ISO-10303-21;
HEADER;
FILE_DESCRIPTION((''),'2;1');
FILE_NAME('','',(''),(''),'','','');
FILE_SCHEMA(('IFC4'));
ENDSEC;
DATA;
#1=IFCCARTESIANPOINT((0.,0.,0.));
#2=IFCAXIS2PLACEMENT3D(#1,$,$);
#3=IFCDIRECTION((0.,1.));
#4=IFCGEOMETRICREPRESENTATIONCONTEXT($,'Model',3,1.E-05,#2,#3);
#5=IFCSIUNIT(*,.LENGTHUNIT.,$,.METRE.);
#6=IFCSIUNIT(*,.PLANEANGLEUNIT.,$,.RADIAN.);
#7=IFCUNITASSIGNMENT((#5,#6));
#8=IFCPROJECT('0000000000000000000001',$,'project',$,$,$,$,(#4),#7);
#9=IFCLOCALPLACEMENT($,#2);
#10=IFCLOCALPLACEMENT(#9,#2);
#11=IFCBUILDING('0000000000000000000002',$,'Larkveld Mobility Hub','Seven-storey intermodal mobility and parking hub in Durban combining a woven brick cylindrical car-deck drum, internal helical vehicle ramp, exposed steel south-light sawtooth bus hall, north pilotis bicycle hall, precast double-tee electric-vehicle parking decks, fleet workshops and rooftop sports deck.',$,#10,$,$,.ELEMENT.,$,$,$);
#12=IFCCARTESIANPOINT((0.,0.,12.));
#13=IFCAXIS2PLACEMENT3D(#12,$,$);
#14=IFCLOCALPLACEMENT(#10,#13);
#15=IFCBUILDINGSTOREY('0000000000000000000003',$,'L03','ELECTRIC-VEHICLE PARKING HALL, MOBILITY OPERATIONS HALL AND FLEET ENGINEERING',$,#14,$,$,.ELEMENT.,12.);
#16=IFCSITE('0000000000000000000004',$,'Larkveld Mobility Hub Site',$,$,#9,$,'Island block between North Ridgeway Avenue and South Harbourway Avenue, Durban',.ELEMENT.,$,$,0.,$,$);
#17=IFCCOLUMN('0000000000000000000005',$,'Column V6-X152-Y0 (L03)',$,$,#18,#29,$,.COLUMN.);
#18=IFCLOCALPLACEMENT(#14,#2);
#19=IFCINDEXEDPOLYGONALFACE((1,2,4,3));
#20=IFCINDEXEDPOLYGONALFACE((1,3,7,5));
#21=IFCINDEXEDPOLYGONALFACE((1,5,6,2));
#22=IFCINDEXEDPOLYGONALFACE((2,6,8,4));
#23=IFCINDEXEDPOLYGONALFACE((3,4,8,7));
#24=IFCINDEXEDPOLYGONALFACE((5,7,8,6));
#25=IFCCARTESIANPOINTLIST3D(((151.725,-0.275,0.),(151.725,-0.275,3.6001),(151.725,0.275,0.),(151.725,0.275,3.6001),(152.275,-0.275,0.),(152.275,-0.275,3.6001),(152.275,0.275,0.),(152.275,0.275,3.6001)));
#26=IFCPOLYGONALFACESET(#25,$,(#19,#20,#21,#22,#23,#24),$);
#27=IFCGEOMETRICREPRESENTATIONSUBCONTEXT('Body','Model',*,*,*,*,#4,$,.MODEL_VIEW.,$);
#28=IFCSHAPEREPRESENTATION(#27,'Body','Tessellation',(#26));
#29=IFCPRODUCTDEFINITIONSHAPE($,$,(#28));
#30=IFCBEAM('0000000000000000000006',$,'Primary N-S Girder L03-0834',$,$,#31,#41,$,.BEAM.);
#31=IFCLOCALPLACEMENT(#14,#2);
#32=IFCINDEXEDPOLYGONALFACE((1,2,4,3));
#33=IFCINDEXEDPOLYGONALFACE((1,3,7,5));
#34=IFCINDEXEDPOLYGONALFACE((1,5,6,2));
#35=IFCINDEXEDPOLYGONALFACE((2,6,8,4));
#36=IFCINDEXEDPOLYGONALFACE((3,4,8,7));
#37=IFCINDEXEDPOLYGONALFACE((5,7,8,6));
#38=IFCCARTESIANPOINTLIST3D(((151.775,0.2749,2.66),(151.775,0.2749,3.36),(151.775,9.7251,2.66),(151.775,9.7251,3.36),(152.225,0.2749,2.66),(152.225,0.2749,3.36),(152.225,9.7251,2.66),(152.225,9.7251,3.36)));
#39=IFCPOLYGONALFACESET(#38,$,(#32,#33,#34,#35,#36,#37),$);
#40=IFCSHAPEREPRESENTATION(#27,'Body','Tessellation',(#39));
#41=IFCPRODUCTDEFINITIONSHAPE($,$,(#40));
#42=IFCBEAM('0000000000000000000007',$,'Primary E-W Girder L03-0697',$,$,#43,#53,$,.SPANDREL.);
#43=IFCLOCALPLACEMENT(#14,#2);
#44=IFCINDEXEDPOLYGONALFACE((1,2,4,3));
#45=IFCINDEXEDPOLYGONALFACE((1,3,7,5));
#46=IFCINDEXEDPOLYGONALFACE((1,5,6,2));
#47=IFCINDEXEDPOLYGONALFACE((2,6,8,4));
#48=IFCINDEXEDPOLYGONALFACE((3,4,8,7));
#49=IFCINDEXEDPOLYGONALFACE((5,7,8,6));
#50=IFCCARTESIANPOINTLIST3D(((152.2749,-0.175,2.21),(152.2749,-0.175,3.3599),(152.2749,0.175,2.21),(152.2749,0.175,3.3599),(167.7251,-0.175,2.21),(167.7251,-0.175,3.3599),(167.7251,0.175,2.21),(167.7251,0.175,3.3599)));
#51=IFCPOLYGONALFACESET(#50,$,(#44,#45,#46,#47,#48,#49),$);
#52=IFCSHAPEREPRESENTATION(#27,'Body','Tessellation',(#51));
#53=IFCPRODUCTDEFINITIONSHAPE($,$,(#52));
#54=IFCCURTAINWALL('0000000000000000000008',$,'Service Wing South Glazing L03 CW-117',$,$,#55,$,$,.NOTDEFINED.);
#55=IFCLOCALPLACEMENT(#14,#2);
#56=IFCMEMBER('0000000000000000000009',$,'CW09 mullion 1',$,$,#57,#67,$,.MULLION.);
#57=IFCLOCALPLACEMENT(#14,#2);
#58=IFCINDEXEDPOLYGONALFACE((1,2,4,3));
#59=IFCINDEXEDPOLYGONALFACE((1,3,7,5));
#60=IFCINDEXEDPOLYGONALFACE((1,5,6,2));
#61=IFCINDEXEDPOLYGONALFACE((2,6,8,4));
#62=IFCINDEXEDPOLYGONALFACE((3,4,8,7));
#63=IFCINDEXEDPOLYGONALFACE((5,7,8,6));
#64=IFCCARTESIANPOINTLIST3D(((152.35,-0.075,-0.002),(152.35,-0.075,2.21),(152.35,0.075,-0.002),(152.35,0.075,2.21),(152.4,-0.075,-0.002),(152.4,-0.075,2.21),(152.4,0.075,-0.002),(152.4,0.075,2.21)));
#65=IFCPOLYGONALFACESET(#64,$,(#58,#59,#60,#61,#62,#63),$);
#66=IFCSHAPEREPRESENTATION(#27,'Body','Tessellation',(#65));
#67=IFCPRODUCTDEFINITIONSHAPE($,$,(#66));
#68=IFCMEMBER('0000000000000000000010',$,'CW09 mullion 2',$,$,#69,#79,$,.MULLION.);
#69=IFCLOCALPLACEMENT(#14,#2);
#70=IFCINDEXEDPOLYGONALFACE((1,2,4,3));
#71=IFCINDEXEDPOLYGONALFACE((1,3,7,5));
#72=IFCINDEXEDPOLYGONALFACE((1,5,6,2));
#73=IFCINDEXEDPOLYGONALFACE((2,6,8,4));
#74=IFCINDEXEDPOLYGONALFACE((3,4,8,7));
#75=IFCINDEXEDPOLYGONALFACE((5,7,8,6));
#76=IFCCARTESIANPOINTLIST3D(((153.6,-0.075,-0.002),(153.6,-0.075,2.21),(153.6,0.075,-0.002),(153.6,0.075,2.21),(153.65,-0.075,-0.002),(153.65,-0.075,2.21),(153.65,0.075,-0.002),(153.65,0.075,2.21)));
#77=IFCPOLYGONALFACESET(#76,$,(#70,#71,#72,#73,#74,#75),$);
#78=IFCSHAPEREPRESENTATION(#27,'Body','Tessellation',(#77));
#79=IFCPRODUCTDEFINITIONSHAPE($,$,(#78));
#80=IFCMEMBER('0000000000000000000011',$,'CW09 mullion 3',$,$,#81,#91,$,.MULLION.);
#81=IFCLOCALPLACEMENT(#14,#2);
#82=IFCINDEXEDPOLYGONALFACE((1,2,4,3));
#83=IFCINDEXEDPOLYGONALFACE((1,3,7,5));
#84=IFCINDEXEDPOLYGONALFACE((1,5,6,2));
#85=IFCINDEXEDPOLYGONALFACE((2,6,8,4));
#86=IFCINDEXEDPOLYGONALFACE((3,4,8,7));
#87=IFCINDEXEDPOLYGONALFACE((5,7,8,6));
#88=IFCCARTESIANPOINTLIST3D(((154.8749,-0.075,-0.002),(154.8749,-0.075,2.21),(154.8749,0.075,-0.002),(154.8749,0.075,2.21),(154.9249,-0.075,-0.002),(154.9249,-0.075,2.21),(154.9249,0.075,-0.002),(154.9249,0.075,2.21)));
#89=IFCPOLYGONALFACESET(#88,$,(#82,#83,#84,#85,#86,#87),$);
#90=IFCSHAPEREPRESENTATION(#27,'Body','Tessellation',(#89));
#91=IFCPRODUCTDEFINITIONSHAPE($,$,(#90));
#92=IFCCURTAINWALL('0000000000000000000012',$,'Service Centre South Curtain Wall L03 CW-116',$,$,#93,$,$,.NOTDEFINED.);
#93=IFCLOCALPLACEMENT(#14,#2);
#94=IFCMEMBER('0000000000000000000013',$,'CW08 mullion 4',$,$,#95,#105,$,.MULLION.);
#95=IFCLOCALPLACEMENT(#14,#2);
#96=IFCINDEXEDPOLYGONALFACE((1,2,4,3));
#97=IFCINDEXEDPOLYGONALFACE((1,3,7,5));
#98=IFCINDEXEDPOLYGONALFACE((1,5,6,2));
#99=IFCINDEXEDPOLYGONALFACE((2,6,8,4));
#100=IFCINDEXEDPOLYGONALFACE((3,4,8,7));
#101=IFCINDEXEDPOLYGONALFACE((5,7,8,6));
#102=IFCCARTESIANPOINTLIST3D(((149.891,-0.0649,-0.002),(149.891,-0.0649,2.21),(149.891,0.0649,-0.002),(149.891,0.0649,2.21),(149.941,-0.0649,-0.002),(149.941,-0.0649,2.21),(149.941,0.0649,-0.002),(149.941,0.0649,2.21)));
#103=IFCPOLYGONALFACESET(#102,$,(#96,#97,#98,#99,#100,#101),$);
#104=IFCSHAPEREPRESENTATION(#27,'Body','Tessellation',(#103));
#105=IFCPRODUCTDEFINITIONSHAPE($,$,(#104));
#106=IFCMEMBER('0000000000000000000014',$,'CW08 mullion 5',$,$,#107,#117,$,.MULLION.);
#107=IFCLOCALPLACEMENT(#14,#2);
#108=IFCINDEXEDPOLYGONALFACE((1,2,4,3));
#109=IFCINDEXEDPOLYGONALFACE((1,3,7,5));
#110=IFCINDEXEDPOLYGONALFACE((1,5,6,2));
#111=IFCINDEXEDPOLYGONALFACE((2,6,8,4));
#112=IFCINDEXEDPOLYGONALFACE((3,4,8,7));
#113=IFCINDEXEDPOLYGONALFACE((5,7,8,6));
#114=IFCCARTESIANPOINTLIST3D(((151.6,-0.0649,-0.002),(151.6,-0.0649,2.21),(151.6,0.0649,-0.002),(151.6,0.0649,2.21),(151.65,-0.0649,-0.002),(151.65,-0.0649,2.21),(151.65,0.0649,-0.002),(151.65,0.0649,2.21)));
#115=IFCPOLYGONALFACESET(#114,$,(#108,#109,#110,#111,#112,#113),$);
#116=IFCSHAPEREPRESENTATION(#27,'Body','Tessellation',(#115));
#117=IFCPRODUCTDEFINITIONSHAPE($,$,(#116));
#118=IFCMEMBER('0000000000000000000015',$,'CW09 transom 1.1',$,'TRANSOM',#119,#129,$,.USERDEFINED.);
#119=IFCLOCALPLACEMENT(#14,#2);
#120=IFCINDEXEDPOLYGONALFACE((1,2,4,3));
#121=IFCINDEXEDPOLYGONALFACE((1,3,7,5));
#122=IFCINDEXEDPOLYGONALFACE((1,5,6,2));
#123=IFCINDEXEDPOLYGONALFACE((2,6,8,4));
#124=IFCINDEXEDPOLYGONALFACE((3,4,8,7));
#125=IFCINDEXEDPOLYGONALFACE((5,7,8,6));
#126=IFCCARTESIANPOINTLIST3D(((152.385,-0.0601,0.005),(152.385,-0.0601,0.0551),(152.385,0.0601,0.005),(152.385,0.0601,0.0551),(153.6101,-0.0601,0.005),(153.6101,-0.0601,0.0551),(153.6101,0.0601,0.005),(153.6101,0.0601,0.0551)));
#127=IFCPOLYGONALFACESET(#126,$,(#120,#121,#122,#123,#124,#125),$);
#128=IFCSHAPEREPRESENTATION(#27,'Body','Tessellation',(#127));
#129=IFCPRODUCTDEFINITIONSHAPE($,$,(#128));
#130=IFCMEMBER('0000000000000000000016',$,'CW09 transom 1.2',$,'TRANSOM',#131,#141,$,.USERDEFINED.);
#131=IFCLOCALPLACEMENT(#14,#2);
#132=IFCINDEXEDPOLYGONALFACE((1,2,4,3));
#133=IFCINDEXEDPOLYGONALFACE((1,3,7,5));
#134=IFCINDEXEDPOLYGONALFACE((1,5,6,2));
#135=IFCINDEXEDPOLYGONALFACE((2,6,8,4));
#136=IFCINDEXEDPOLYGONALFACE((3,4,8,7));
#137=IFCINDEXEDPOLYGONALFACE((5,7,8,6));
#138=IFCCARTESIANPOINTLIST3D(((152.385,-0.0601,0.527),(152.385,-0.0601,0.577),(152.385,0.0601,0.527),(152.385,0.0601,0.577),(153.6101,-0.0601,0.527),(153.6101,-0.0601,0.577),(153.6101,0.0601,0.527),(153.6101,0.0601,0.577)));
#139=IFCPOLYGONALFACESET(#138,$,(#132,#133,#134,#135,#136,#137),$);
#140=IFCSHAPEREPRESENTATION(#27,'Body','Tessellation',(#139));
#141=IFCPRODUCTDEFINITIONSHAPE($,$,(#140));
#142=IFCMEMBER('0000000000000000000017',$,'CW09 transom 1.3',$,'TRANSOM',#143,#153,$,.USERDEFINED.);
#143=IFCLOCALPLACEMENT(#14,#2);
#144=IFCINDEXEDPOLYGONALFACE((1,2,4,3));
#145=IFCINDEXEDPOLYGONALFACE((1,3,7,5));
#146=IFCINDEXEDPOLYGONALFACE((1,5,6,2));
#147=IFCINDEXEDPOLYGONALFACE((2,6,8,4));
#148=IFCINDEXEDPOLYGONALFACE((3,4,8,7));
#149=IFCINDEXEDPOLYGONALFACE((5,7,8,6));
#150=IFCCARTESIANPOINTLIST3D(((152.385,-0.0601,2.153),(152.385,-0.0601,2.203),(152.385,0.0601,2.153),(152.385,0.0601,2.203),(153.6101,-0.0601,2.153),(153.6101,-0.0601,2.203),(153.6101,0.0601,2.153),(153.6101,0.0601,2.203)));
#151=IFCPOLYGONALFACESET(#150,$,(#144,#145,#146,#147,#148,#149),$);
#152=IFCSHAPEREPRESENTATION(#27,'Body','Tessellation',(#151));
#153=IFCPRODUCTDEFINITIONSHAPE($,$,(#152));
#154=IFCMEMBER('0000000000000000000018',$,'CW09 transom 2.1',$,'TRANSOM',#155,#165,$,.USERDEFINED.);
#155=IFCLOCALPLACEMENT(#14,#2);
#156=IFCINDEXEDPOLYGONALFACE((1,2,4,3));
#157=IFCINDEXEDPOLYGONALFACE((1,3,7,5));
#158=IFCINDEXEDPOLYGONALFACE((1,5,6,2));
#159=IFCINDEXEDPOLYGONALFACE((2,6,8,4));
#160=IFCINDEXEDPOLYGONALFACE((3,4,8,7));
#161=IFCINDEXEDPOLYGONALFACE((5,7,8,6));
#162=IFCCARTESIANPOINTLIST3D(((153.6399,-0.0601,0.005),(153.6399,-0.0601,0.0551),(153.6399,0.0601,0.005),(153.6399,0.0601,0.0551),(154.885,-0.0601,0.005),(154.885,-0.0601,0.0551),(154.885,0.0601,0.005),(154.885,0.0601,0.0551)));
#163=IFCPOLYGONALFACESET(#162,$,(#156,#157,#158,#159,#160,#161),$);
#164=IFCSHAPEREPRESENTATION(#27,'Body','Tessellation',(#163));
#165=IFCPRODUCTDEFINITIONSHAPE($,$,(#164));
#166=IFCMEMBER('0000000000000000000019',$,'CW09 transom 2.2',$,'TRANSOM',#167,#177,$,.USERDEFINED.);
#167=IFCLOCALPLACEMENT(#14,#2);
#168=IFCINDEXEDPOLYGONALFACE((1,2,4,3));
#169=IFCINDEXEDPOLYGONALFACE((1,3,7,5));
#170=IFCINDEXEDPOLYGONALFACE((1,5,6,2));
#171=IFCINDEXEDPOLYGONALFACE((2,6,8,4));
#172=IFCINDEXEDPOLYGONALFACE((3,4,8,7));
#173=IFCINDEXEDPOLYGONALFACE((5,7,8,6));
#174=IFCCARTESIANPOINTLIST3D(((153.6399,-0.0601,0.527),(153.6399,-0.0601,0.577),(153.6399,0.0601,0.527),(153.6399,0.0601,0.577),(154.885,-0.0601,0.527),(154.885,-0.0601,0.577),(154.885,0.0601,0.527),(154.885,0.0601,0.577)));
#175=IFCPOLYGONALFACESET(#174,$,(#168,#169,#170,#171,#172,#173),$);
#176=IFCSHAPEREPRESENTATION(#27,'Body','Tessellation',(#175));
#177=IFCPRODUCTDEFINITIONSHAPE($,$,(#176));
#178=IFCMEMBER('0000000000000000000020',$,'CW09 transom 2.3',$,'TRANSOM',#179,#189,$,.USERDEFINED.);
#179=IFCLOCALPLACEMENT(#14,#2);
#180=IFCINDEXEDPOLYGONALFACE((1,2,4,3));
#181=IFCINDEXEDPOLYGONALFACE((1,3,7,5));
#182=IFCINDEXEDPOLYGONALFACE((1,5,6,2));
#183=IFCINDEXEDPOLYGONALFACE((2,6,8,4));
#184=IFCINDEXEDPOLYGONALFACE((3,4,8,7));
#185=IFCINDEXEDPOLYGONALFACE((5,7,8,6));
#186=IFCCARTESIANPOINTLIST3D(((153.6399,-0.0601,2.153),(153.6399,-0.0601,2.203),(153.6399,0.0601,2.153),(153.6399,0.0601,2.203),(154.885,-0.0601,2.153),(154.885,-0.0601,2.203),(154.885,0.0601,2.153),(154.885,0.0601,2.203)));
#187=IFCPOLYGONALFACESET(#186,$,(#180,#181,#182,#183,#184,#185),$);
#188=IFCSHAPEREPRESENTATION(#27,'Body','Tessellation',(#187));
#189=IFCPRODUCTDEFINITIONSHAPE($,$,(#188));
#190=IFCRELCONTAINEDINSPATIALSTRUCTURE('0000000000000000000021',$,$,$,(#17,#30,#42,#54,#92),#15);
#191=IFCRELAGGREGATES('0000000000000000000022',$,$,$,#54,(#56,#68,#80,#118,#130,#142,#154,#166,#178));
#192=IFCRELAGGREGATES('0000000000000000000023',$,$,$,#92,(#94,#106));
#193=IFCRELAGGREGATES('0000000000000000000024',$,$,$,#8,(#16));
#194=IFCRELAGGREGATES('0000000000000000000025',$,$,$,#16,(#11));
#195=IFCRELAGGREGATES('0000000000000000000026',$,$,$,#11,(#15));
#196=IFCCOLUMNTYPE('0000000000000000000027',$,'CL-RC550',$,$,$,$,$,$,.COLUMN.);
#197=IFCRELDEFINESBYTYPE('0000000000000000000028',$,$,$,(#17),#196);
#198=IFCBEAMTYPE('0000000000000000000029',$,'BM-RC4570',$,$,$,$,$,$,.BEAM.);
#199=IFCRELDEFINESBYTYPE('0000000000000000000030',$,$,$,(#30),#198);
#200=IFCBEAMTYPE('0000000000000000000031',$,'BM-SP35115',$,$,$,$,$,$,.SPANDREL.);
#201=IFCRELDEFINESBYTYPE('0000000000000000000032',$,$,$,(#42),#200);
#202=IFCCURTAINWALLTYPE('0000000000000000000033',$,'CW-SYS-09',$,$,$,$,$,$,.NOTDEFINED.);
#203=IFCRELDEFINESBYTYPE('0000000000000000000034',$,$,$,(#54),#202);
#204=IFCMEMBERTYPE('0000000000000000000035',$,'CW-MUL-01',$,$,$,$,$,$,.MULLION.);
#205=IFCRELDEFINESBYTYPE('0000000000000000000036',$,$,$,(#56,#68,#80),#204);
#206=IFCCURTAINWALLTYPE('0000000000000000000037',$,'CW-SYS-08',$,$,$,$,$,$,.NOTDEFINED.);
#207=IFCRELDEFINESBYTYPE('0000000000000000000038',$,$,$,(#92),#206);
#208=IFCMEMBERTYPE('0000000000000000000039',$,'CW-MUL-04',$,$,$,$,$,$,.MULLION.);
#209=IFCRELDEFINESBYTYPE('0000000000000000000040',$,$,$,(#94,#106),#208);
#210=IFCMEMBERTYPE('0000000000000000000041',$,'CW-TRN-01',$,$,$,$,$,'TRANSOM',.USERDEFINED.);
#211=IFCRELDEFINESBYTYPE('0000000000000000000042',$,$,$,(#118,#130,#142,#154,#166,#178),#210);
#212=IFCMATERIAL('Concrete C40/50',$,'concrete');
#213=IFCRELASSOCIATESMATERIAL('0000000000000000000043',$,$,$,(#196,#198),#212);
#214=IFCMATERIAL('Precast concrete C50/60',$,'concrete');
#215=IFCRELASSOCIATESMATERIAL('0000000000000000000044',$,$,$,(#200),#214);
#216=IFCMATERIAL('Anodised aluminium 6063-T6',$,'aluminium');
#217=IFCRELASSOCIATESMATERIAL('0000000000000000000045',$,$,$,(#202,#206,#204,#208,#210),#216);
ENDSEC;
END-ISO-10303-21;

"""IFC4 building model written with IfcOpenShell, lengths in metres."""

from ifc_helpers import new_model, si_unit, direction, frame, origin, origin_2d, place, context, subcontext, project, spatial, rectangle, extrude, material, material_profile, profile_set, type_object, element, aggregate, save


model = new_model("IFC4")

# Units and contexts
model_context = context("Model", 3, precision=1e-05, world=origin(), true_north=direction((0.0, 1.0)))
body_context = subcontext(model_context, "Body", "Model", "MODEL_VIEW")
ifc_project = project(units=[si_unit("LENGTHUNIT", "METRE"), si_unit("PLANEANGLEUNIT", "RADIAN")], contexts=[model_context])

# Site, building, storey
site_placement = place(None, origin())
site = spatial("IfcSite", under=ifc_project, at=site_placement, Name="Larkveld Mobility Hub Site", LongName="Island block between North Ridgeway Avenue and South Harbourway Avenue, Durban", CompositionType="ELEMENT", RefElevation=0.0)
building_placement = place(site_placement, origin())
building = spatial("IfcBuilding", under=site, at=building_placement, Name="Larkveld Mobility Hub", Description="Seven-storey intermodal mobility and parking hub in Durban combining a woven brick cylindrical car-deck drum, internal helical vehicle ramp, exposed steel south-light sawtooth bus hall, north pilotis bicycle hall, precast double-tee electric-vehicle parking decks, fleet workshops and rooftop sports deck.", CompositionType="ELEMENT")
storey_placement = place(building_placement, frame((0.0, 0.0, 12.0)))
storey = spatial("IfcBuildingStorey", under=building, at=storey_placement, Name="L03", Description="ELECTRIC-VEHICLE PARKING HALL, MOBILITY OPERATIONS HALL AND FLEET ENGINEERING", CompositionType="ELEMENT", Elevation=12.0)

# Column
ifc_material_1 = material(Name="Concrete C40/50", Category="concrete")
ifc_material_profile_1 = material_profile(ifc_material_1, rectangle(XDim=0.55, YDim=0.55, at=origin_2d()), Name="RC COL 550x550")
ifc_profile_set_1 = profile_set([ifc_material_profile_1], Name="Concrete C40/50")
column_type = type_object("IfcColumnType", Name="CL-RC550", PredefinedType="COLUMN", material=ifc_profile_set_1)
column_placement = place(storey_placement, frame((152.0, 0.0, 0.0), z_axis=(0.0, 0.0, 1.0), x_axis=(1.0, 0.0, 0.0)))
element("IfcColumn", 1, at=column_placement, inside=storey, type_object=column_type, Name="Column V6-X152-Y0 (L03)", PredefinedType="COLUMN", context=body_context, shape_type="SweptSolid", body=[
    extrude(rectangle(XDim=0.55, YDim=0.55, at=origin_2d()), origin(), (0.0, 0.0, 1.0), 3.6001),
])

# Beams
ifc_material_profile_2 = material_profile(ifc_material_1, rectangle(XDim=0.45, YDim=0.7, at=origin_2d()), Name="RC BM 450x700")
ifc_profile_set_2 = profile_set([ifc_material_profile_2], Name="Concrete C40/50")
beam_type_1 = type_object("IfcBeamType", Name="BM-RC4570", PredefinedType="BEAM", material=ifc_profile_set_2)
beam_1_placement = place(storey_placement, frame((152.0, 0.2749, 3.01), z_axis=(0.0, 1.0, 0.0), x_axis=(-1.0, 0.0, 0.0)))
element("IfcBeam", 2, at=beam_1_placement, inside=storey, type_object=beam_type_1, Name="Primary N-S Girder L03-0834", PredefinedType="BEAM", context=body_context, shape_type="SweptSolid", body=[
    extrude(rectangle(XDim=0.45, YDim=0.7, at=origin_2d()), origin(), (0.0, 0.0, 1.0), 9.4502),
])
ifc_material_2 = material(Name="Precast concrete C50/60", Category="concrete")
ifc_material_profile_3 = material_profile(ifc_material_2, rectangle(XDim=0.3501, YDim=1.1499, at=origin_2d()), Name="PC SP 350x1150")
ifc_profile_set_3 = profile_set([ifc_material_profile_3], Name="Precast concrete C50/60")
beam_type_2 = type_object("IfcBeamType", Name="BM-SP35115", PredefinedType="SPANDREL", material=ifc_profile_set_3)
beam_2_placement = place(storey_placement, frame((152.2749, 0.0, 2.7849), z_axis=(1.0, 0.0, 0.0), x_axis=(0.0, 1.0, 0.0)))
element("IfcBeam", 3, at=beam_2_placement, inside=storey, type_object=beam_type_2, Name="Primary E-W Girder L03-0697", PredefinedType="SPANDREL", context=body_context, shape_type="SweptSolid", body=[
    extrude(rectangle(XDim=0.3501, YDim=1.1499, at=origin_2d()), origin(), (0.0, 0.0, 1.0), 15.4502),
])

# Curtain walls, members
ifc_material_3 = material(Name="Anodised aluminium 6063-T6", Category="aluminium")
curtain_wall_type_1 = type_object("IfcCurtainWallType", Name="CW-SYS-09", PredefinedType="NOTDEFINED", material=ifc_material_3)
curtain_wall_1_placement = place(storey_placement, origin())
curtain_wall_1 = element("IfcCurtainWall", 4, at=curtain_wall_1_placement, inside=storey, type_object=curtain_wall_type_1, Name="Service Wing South Glazing L03 CW-117", PredefinedType="NOTDEFINED")
ifc_material_profile_4 = material_profile(ifc_material_3, rectangle(XDim=0.05, YDim=0.1499, at=origin_2d()), Name="ALU MULL 50x150")
ifc_profile_set_4 = profile_set([ifc_material_profile_4], Name="Anodised aluminium 6063-T6")
member_type_1 = type_object("IfcMemberType", Name="CW-MUL-01", PredefinedType="MULLION", material=ifc_profile_set_4)
member_1_placement = place(storey_placement, frame((152.375, 0.0, -0.002), z_axis=(0.0, 0.0, 1.0), x_axis=(1.0, 0.0, 0.0)))
member_1 = element("IfcMember", 5, at=member_1_placement, type_object=member_type_1, Name="CW09 mullion 1", PredefinedType="MULLION", context=body_context, shape_type="SweptSolid", body=[
    extrude(rectangle(XDim=0.05, YDim=0.1499, at=origin_2d()), origin(), (0.0, 0.0, 1.0), 2.2119),
])
member_2_placement = place(storey_placement, frame((153.625, 0.0, -0.002), z_axis=(0.0, 0.0, 1.0), x_axis=(1.0, 0.0, 0.0)))
member_2 = element("IfcMember", 6, at=member_2_placement, type_object=member_type_1, Name="CW09 mullion 2", PredefinedType="MULLION", context=body_context, shape_type="SweptSolid", body=[
    extrude(rectangle(XDim=0.05, YDim=0.1499, at=origin_2d()), origin(), (0.0, 0.0, 1.0), 2.2119),
])
member_3_placement = place(storey_placement, frame((154.8999, 0.0, -0.002), z_axis=(0.0, 0.0, 1.0), x_axis=(1.0, 0.0, 0.0)))
member_3 = element("IfcMember", 7, at=member_3_placement, type_object=member_type_1, Name="CW09 mullion 3", PredefinedType="MULLION", context=body_context, shape_type="SweptSolid", body=[
    extrude(rectangle(XDim=0.05, YDim=0.1499, at=origin_2d()), origin(), (0.0, 0.0, 1.0), 2.2119),
])
curtain_wall_type_2 = type_object("IfcCurtainWallType", Name="CW-SYS-08", PredefinedType="NOTDEFINED", material=ifc_material_3)
curtain_wall_2_placement = place(storey_placement, origin())
curtain_wall_2 = element("IfcCurtainWall", 8, at=curtain_wall_2_placement, inside=storey, type_object=curtain_wall_type_2, Name="Service Centre South Curtain Wall L03 CW-116", PredefinedType="NOTDEFINED")
ifc_material_profile_5 = material_profile(ifc_material_3, rectangle(XDim=0.05, YDim=0.1299, at=origin_2d()), Name="ALU MULL 50x130")
ifc_profile_set_5 = profile_set([ifc_material_profile_5], Name="Anodised aluminium 6063-T6")
member_type_2 = type_object("IfcMemberType", Name="CW-MUL-04", PredefinedType="MULLION", material=ifc_profile_set_5)
member_4_placement = place(storey_placement, frame((149.916, 0.0, -0.002), z_axis=(0.0, 0.0, 1.0), x_axis=(1.0, 0.0, 0.0)))
member_4 = element("IfcMember", 9, at=member_4_placement, type_object=member_type_2, Name="CW08 mullion 4", PredefinedType="MULLION", context=body_context, shape_type="SweptSolid", body=[
    extrude(rectangle(XDim=0.05, YDim=0.1299, at=origin_2d()), origin(), (0.0, 0.0, 1.0), 2.2119),
])
member_5_placement = place(storey_placement, frame((151.625, 0.0, -0.002), z_axis=(0.0, 0.0, 1.0), x_axis=(1.0, 0.0, 0.0)))
member_5 = element("IfcMember", 10, at=member_5_placement, type_object=member_type_2, Name="CW08 mullion 5", PredefinedType="MULLION", context=body_context, shape_type="SweptSolid", body=[
    extrude(rectangle(XDim=0.05, YDim=0.1299, at=origin_2d()), origin(), (0.0, 0.0, 1.0), 2.2119),
])

# Members
ifc_material_profile_6 = material_profile(ifc_material_3, rectangle(XDim=0.1201, YDim=0.05, at=origin_2d()), Name="ALU TRAN 50x120")
ifc_profile_set_6 = profile_set([ifc_material_profile_6], Name="Anodised aluminium 6063-T6")
member_type_3 = type_object("IfcMemberType", Name="CW-TRN-01", ElementType="TRANSOM", PredefinedType="USERDEFINED", material=ifc_profile_set_6)
member_6_placement = place(storey_placement, frame((152.385, 0.0, 0.03), z_axis=(1.0, 0.0, 0.0), x_axis=(0.0, 1.0, 0.0)))
member_6 = element("IfcMember", 11, at=member_6_placement, type_object=member_type_3, Name="CW09 transom 1.1", ObjectType="TRANSOM", PredefinedType="USERDEFINED", context=body_context, shape_type="SweptSolid", body=[
    extrude(rectangle(XDim=0.1201, YDim=0.05, at=origin_2d()), origin(), (0.0, 0.0, 1.0), 1.2251),
])
member_7_placement = place(storey_placement, frame((152.385, 0.0, 0.552), z_axis=(1.0, 0.0, 0.0), x_axis=(0.0, 1.0, 0.0)))
member_7 = element("IfcMember", 12, at=member_7_placement, type_object=member_type_3, Name="CW09 transom 1.2", ObjectType="TRANSOM", PredefinedType="USERDEFINED", context=body_context, shape_type="SweptSolid", body=[
    extrude(rectangle(XDim=0.1201, YDim=0.05, at=origin_2d()), origin(), (0.0, 0.0, 1.0), 1.2251),
])
member_8_placement = place(storey_placement, frame((152.385, 0.0, 2.178), z_axis=(1.0, 0.0, 0.0), x_axis=(0.0, 1.0, 0.0)))
member_8 = element("IfcMember", 13, at=member_8_placement, type_object=member_type_3, Name="CW09 transom 1.3", ObjectType="TRANSOM", PredefinedType="USERDEFINED", context=body_context, shape_type="SweptSolid", body=[
    extrude(rectangle(XDim=0.1201, YDim=0.05, at=origin_2d()), origin(), (0.0, 0.0, 1.0), 1.2251),
])
member_9_placement = place(storey_placement, frame((153.6399, 0.0, 0.03), z_axis=(1.0, 0.0, 0.0), x_axis=(0.0, 1.0, 0.0)))
member_9 = element("IfcMember", 14, at=member_9_placement, type_object=member_type_3, Name="CW09 transom 2.1", ObjectType="TRANSOM", PredefinedType="USERDEFINED", context=body_context, shape_type="SweptSolid", body=[
    extrude(rectangle(XDim=0.1201, YDim=0.05, at=origin_2d()), origin(), (0.0, 0.0, 1.0), 1.2451),
])
member_10_placement = place(storey_placement, frame((153.6399, 0.0, 0.552), z_axis=(1.0, 0.0, 0.0), x_axis=(0.0, 1.0, 0.0)))
member_10 = element("IfcMember", 15, at=member_10_placement, type_object=member_type_3, Name="CW09 transom 2.2", ObjectType="TRANSOM", PredefinedType="USERDEFINED", context=body_context, shape_type="SweptSolid", body=[
    extrude(rectangle(XDim=0.1201, YDim=0.05, at=origin_2d()), origin(), (0.0, 0.0, 1.0), 1.2451),
])
member_11_placement = place(storey_placement, frame((153.6399, 0.0, 2.178), z_axis=(1.0, 0.0, 0.0), x_axis=(0.0, 1.0, 0.0)))
member_11 = element("IfcMember", 16, at=member_11_placement, type_object=member_type_3, Name="CW09 transom 2.3", ObjectType="TRANSOM", PredefinedType="USERDEFINED", context=body_context, shape_type="SweptSolid", body=[
    extrude(rectangle(XDim=0.1201, YDim=0.05, at=origin_2d()), origin(), (0.0, 0.0, 1.0), 1.2451),
])

aggregate(curtain_wall_1, [member_1, member_2, member_3, member_6, member_7, member_8, member_9, member_10, member_11])
aggregate(curtain_wall_2, [member_4, member_5])

save(model, "model.ifc")
